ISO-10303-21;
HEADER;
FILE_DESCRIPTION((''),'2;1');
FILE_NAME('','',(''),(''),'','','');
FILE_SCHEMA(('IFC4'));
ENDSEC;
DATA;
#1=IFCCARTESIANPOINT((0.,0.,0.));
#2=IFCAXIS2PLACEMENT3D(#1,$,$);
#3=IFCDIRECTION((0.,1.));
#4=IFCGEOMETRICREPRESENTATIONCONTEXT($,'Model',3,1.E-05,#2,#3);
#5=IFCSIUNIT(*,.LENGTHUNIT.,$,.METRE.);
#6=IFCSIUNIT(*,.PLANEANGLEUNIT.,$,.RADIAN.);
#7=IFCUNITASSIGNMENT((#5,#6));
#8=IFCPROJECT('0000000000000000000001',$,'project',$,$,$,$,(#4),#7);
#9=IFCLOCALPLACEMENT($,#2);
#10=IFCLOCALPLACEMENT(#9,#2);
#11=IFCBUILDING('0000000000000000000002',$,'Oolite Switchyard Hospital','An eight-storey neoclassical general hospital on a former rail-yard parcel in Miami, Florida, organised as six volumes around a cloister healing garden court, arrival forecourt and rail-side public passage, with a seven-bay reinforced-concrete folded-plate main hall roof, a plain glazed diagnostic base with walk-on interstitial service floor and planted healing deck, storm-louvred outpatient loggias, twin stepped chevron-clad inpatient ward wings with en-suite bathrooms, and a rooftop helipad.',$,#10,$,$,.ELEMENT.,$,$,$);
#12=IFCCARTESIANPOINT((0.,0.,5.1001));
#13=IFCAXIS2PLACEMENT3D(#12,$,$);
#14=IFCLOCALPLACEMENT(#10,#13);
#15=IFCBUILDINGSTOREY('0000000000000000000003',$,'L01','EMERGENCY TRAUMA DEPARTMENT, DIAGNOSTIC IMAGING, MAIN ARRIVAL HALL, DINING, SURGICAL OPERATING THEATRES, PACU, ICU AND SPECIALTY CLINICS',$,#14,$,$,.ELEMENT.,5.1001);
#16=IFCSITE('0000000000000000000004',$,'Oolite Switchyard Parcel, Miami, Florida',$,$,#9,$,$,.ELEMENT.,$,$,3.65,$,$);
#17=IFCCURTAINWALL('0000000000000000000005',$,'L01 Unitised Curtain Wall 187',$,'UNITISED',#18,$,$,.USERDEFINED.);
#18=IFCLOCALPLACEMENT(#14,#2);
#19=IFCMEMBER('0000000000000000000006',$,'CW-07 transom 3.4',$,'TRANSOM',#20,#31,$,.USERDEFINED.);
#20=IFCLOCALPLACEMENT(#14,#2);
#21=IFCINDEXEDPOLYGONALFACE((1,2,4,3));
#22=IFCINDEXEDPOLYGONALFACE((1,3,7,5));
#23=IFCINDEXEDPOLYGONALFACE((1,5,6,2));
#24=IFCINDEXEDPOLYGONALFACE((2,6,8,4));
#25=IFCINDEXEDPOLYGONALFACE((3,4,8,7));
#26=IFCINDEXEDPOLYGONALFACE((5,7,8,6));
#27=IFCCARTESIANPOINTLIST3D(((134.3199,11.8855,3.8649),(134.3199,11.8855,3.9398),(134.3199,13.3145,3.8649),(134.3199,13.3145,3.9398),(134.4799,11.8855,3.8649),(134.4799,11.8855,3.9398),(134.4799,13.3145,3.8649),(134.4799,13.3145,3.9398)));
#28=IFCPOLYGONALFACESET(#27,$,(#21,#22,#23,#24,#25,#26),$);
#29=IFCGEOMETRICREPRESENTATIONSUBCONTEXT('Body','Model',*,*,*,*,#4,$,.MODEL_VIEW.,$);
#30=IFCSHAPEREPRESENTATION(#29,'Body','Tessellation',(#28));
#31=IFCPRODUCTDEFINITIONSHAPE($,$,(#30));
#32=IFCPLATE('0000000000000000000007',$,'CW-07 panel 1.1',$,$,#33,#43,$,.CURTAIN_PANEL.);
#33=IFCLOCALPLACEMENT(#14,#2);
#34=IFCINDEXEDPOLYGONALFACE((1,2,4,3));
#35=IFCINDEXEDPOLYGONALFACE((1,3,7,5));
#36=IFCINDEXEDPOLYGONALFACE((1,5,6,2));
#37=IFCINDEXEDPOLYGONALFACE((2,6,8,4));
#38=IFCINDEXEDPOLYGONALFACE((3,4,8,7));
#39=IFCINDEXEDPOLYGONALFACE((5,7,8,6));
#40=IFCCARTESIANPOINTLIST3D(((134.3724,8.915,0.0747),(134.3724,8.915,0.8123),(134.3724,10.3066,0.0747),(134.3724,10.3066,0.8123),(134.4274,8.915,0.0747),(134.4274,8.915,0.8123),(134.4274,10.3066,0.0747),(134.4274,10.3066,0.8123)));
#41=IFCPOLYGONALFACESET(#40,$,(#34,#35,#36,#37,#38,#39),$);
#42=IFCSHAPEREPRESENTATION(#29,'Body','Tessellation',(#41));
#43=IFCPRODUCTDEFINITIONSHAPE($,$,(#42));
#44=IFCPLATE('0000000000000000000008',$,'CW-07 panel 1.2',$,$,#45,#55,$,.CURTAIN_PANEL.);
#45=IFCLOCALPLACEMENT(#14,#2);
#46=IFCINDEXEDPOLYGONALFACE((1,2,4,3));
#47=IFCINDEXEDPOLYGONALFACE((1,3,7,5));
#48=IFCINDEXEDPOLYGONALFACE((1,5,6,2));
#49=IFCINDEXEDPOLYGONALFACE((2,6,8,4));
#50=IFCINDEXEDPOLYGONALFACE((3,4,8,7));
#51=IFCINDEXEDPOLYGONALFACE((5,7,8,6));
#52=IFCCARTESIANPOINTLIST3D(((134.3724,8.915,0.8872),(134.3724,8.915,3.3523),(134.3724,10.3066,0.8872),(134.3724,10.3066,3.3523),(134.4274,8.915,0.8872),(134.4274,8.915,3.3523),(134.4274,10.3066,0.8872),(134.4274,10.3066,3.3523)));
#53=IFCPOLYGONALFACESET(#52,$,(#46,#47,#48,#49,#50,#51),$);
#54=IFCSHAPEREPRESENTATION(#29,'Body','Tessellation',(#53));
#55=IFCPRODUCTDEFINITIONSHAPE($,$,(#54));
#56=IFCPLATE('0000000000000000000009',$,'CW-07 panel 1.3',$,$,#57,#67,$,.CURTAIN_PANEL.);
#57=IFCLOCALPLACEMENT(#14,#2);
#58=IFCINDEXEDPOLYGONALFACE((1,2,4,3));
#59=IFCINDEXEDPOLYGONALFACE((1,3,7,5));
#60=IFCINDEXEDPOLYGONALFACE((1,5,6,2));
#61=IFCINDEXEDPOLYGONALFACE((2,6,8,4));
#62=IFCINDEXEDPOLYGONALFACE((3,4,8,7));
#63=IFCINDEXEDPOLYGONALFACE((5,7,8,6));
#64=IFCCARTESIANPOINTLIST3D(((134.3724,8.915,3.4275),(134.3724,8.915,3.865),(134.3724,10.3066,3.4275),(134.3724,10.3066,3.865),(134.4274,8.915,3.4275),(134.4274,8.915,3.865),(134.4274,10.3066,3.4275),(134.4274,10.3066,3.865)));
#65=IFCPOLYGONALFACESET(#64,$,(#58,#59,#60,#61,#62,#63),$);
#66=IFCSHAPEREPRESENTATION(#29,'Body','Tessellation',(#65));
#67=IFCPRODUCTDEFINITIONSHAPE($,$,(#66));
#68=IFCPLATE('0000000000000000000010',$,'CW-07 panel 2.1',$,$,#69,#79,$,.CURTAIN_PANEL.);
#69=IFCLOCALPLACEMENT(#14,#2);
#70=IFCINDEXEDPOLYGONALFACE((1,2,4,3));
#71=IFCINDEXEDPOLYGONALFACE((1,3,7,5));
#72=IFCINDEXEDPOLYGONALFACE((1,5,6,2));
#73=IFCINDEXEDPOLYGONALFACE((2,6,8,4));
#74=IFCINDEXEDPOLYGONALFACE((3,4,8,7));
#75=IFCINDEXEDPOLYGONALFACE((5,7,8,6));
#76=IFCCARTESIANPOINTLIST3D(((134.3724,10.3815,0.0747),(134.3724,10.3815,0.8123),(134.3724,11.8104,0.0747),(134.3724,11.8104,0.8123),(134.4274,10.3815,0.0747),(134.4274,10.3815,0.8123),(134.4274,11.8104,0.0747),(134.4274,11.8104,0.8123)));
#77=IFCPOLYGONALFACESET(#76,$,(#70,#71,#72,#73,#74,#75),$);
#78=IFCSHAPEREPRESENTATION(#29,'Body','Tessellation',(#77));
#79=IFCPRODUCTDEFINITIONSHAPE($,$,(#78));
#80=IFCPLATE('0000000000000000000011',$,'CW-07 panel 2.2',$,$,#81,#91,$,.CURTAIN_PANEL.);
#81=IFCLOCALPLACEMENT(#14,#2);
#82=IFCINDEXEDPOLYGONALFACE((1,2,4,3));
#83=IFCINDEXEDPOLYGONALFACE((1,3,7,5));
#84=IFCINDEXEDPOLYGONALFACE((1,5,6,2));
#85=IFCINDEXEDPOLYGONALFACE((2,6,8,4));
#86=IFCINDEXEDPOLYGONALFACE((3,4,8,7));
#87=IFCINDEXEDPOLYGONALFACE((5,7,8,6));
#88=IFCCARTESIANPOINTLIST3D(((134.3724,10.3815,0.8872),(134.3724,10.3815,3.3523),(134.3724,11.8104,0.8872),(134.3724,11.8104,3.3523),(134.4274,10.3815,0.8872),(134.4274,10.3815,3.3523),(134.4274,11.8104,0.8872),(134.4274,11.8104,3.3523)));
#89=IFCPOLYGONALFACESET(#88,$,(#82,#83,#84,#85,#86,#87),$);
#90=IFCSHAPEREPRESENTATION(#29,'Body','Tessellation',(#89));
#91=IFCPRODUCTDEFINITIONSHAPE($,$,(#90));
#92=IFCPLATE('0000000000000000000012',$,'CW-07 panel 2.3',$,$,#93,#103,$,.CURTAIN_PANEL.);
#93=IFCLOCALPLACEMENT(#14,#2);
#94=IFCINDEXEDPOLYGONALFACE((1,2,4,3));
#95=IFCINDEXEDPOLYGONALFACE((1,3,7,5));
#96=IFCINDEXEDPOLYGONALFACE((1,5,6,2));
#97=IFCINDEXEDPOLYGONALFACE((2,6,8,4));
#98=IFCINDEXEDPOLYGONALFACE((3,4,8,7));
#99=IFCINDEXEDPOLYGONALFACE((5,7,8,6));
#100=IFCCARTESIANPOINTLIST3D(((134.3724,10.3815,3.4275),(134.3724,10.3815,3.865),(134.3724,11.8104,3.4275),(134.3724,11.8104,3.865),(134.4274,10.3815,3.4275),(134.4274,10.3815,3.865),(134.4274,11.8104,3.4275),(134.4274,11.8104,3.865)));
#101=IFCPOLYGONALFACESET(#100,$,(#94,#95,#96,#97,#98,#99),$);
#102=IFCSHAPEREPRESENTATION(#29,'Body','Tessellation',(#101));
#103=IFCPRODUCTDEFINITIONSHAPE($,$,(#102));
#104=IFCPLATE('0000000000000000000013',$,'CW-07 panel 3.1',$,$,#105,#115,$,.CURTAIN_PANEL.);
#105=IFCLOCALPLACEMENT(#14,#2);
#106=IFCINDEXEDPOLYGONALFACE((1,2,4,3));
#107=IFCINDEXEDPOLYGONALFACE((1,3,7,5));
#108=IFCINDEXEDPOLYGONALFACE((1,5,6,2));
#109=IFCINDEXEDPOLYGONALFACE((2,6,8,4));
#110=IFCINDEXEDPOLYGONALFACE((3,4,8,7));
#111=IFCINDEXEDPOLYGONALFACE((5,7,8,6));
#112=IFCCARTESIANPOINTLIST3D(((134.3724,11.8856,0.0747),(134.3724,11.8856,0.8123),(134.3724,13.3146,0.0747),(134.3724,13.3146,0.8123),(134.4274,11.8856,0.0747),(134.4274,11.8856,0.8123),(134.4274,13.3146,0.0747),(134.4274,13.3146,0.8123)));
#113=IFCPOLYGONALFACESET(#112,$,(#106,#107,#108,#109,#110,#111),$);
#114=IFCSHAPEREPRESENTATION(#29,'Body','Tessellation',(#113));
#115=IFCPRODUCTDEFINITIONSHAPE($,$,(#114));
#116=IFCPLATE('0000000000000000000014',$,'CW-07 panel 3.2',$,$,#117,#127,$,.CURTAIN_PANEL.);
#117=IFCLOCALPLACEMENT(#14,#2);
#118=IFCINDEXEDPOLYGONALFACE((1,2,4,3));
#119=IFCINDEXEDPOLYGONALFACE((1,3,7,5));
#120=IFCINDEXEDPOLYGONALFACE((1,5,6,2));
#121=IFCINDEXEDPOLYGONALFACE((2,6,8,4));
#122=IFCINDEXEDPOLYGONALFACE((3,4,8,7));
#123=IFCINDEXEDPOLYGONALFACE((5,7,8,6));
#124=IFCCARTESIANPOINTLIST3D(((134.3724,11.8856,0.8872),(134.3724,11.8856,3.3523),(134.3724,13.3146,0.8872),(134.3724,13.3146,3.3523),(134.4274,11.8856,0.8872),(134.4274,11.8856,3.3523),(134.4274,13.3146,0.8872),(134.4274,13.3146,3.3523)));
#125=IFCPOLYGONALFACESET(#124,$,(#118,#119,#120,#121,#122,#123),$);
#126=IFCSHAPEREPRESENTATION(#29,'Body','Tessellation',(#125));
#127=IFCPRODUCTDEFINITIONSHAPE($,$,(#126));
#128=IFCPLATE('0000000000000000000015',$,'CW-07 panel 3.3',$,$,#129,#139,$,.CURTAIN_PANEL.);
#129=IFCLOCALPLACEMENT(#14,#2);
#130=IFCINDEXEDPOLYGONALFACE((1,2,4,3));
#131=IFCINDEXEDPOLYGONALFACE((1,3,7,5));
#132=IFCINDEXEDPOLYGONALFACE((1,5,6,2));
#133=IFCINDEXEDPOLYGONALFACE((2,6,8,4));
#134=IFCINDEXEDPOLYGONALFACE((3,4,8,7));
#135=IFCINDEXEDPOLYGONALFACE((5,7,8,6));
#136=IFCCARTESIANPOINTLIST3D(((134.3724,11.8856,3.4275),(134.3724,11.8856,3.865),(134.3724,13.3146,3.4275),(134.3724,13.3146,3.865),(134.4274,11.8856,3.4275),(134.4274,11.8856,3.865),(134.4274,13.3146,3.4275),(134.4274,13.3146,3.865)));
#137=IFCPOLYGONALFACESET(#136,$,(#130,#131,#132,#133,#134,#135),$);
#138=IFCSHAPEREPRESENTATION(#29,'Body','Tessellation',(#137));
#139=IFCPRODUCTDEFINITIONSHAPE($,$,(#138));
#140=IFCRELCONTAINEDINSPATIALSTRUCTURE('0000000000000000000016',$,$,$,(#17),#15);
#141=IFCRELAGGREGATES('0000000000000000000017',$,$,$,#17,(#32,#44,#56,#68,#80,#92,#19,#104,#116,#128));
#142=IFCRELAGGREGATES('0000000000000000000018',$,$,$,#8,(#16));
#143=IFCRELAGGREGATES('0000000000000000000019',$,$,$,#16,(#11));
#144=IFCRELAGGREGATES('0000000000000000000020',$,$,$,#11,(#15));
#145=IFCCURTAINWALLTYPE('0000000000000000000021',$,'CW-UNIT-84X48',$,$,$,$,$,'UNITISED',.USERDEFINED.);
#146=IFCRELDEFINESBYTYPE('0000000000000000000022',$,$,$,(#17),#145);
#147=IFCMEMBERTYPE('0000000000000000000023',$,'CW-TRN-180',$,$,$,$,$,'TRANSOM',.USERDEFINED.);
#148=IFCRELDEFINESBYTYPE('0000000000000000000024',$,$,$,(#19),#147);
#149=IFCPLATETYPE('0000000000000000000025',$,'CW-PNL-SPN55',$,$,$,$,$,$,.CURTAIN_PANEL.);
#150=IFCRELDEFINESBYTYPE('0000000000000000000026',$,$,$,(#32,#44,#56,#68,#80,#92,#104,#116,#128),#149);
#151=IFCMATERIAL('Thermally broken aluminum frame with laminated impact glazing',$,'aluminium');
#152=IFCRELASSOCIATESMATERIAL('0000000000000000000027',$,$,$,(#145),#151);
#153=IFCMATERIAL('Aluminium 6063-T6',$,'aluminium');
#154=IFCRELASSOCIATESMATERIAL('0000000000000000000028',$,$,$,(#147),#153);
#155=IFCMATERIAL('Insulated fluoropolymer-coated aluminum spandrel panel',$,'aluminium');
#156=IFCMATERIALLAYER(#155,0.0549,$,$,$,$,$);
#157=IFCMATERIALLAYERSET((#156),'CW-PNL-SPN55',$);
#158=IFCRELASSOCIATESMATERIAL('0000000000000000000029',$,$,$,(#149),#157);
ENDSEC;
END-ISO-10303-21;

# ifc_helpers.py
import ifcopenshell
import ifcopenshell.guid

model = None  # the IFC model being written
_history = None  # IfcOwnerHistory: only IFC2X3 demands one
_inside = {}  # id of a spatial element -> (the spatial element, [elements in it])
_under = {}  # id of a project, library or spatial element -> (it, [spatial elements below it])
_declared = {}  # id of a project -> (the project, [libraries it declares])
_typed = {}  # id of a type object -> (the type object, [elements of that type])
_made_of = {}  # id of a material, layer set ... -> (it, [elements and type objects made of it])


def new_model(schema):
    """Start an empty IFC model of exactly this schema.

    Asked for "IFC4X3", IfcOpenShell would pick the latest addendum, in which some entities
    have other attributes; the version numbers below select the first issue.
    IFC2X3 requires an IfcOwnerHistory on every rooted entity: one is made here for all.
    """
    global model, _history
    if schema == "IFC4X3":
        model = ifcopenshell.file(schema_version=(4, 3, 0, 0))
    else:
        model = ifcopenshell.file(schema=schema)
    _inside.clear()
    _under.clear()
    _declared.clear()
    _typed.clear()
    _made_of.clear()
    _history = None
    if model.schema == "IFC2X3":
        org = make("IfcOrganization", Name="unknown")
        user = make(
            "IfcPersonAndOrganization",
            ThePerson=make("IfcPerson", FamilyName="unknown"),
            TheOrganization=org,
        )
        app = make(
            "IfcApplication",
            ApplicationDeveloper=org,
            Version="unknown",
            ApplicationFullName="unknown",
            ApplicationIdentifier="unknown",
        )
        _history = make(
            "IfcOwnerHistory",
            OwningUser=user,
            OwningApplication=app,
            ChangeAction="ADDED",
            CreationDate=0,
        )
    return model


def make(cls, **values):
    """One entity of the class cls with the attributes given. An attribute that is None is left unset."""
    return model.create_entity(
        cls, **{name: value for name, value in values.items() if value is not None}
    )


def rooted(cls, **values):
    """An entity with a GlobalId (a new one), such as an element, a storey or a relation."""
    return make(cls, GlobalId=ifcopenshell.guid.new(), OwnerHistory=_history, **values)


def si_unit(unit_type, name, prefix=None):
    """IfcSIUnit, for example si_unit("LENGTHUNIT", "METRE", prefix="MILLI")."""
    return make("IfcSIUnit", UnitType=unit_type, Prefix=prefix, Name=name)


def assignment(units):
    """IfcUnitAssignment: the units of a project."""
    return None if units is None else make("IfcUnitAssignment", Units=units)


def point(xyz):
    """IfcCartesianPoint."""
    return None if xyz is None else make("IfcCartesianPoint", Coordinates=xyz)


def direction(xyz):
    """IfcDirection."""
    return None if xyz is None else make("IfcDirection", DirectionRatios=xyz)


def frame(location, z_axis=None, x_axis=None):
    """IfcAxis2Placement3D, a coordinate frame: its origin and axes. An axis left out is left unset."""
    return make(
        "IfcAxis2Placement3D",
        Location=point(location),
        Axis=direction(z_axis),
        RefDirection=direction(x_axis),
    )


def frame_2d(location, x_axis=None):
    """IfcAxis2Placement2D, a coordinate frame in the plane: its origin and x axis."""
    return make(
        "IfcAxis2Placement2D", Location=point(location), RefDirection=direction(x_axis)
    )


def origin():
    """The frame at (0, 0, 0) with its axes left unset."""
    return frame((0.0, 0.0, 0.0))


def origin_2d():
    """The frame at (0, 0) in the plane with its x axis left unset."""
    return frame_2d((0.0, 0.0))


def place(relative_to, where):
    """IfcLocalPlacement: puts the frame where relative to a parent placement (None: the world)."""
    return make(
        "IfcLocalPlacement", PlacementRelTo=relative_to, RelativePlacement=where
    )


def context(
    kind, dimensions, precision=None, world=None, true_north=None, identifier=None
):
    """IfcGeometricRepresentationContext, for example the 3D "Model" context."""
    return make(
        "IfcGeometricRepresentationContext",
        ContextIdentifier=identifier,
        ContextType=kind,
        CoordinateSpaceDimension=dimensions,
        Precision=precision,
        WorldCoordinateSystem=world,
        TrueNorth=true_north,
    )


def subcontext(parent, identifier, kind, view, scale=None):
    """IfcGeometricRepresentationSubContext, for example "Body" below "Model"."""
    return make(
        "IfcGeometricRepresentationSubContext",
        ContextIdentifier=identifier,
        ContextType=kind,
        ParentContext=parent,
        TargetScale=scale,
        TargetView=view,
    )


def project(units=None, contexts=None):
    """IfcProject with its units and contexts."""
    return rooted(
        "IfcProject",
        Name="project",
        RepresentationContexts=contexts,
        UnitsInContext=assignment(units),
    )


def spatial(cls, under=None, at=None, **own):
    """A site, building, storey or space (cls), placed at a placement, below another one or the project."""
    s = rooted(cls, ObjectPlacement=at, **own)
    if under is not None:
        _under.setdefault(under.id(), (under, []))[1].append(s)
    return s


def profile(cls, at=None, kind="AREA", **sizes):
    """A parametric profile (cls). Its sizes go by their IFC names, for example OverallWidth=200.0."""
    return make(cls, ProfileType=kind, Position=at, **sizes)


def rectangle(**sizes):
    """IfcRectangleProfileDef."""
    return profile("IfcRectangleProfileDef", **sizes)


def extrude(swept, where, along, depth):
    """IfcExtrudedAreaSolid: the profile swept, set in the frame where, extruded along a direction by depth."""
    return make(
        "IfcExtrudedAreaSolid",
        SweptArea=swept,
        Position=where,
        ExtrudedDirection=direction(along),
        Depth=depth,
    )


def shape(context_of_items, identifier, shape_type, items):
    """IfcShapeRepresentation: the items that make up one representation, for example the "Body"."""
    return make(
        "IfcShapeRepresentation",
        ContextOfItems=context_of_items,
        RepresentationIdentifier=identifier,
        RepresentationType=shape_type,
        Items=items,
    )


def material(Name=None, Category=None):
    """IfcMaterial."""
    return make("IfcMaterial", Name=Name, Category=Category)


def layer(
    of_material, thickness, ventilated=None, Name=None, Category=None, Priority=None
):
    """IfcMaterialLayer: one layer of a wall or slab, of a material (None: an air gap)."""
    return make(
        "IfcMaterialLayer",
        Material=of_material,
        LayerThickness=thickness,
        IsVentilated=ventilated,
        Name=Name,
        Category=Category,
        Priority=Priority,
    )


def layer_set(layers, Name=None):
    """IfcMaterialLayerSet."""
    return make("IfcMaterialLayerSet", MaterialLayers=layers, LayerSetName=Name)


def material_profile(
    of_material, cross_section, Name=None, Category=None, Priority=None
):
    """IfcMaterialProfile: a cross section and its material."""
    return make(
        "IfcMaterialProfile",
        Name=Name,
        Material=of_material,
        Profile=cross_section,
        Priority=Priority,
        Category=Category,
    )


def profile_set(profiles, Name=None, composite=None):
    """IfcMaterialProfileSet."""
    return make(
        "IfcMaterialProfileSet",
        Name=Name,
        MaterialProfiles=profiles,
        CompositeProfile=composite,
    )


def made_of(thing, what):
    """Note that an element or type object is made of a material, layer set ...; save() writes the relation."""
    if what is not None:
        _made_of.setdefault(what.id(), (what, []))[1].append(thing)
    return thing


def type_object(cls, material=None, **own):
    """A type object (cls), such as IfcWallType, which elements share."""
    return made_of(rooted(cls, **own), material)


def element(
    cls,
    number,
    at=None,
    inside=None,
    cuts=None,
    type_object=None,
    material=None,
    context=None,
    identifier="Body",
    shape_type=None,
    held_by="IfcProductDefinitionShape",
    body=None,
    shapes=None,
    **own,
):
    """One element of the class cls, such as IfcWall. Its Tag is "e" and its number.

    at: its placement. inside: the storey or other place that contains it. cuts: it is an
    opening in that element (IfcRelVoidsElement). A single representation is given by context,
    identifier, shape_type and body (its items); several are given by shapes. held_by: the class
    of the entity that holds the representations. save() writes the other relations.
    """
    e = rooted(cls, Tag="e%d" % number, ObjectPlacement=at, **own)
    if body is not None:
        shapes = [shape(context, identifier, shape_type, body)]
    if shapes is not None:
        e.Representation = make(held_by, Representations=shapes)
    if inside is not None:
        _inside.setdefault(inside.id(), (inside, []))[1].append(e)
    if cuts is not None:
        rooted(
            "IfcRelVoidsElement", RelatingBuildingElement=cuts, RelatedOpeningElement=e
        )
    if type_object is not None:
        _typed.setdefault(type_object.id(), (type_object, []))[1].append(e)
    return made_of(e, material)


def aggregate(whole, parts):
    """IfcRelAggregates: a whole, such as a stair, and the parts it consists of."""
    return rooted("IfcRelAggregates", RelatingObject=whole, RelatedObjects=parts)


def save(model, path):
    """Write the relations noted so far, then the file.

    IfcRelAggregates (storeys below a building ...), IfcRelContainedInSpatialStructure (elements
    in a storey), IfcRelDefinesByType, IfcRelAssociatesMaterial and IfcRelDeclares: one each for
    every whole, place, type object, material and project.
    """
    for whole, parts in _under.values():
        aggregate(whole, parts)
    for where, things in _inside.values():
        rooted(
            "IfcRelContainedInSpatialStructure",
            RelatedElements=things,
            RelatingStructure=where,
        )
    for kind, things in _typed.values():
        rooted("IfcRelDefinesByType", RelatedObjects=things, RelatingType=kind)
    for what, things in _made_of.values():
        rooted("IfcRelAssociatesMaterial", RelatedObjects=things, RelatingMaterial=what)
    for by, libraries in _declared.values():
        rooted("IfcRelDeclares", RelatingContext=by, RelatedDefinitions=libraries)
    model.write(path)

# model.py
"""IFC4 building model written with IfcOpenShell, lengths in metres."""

from ifc_helpers import new_model, si_unit, direction, frame, origin, origin_2d, place, context, subcontext, project, spatial, rectangle, extrude, material, layer, layer_set, material_profile, profile_set, type_object, element, aggregate, save


model = new_model("IFC4")

# Units and contexts
model_context = context("Model", 3, precision=1e-05, world=origin(), true_north=direction((0.0, 1.0)))
body_context = subcontext(model_context, "Body", "Model", "MODEL_VIEW")
ifc_project = project(units=[si_unit("LENGTHUNIT", "METRE"), si_unit("PLANEANGLEUNIT", "RADIAN")], contexts=[model_context])

# Site, building, storey
site_placement = place(None, origin())
site = spatial("IfcSite", under=ifc_project, at=site_placement, Name="Oolite Switchyard Parcel, Miami, Florida", CompositionType="ELEMENT", RefElevation=3.65)
building_placement = place(site_placement, origin())
building = spatial("IfcBuilding", under=site, at=building_placement, Name="Oolite Switchyard Hospital", Description="An eight-storey neoclassical general hospital on a former rail-yard parcel in Miami, Florida, organised as six volumes around a cloister healing garden court, arrival forecourt and rail-side public passage, with a seven-bay reinforced-concrete folded-plate main hall roof, a plain glazed diagnostic base with walk-on interstitial service floor and planted healing deck, storm-louvred outpatient loggias, twin stepped chevron-clad inpatient ward wings with en-suite bathrooms, and a rooftop helipad.", CompositionType="ELEMENT")
storey_placement = place(building_placement, frame((0.0, 0.0, 5.1001)))
storey = spatial("IfcBuildingStorey", under=building, at=storey_placement, Name="L01", Description="EMERGENCY TRAUMA DEPARTMENT, DIAGNOSTIC IMAGING, MAIN ARRIVAL HALL, DINING, SURGICAL OPERATING THEATRES, PACU, ICU AND SPECIALTY CLINICS", CompositionType="ELEMENT", Elevation=5.1001)

# Curtain wall, member, plates
ifc_material_1 = material(Name="Thermally broken aluminum frame with laminated impact glazing", Category="aluminium")
curtain_wall_type = type_object("IfcCurtainWallType", Name="CW-UNIT-84X48", ElementType="UNITISED", PredefinedType="USERDEFINED", material=ifc_material_1)
curtain_wall_placement = place(storey_placement, origin())
curtain_wall = element("IfcCurtainWall", 1, at=curtain_wall_placement, inside=storey, type_object=curtain_wall_type, Name="L01 Unitised Curtain Wall 187", ObjectType="UNITISED", PredefinedType="USERDEFINED")
ifc_material_2 = material(Name="Aluminium 6063-T6", Category="aluminium")
ifc_material_profile_1 = material_profile(ifc_material_2, rectangle(XDim=0.1599, YDim=0.075, at=origin_2d()), Name="CWT75X160")
ifc_profile_set_1 = profile_set([ifc_material_profile_1], Name="Aluminium 6063-T6")
member_type_1 = type_object("IfcMemberType", Name="CW-TRN-180", ElementType="TRANSOM", PredefinedType="USERDEFINED", material=ifc_profile_set_1)
member_1_placement = place(storey_placement, frame((134.3999, 11.8855, 3.9023), z_axis=(0.0, 1.0, 0.0), x_axis=(-1.0, 0.0, 0.0)))
member_1 = element("IfcMember", 2, at=member_1_placement, type_object=member_type_1, Name="CW-07 transom 3.4", ObjectType="TRANSOM", PredefinedType="USERDEFINED", context=body_context, shape_type="SweptSolid", body=[
    extrude(rectangle(XDim=0.1599, YDim=0.075, at=origin_2d()), origin(), (0.0, 0.0, 1.0), 1.429),
])
ifc_material_3 = material(Name="Insulated fluoropolymer-coated aluminum spandrel panel", Category="aluminium")
ifc_layer = layer(ifc_material_3, 0.0549)
ifc_layer_set = layer_set([ifc_layer], Name="CW-PNL-SPN55")
plate_type = type_object("IfcPlateType", Name="CW-PNL-SPN55", PredefinedType="CURTAIN_PANEL", material=ifc_layer_set)
plate_1_placement = place(storey_placement, frame((134.3999, 9.6108, 0.0747), z_axis=(0.0, 0.0, 1.0), x_axis=(0.0, 1.0, 0.0)))
plate_1 = element("IfcPlate", 3, at=plate_1_placement, type_object=plate_type, Name="CW-07 panel 1.1", PredefinedType="CURTAIN_PANEL", context=body_context, shape_type="SweptSolid", body=[
    extrude(rectangle(XDim=1.3916, YDim=0.0549, at=origin_2d()), origin(), (0.0, 0.0, 1.0), 0.7375),
])
plate_2_placement = place(storey_placement, frame((134.3999, 9.6108, 0.8872), z_axis=(0.0, 0.0, 1.0), x_axis=(0.0, 1.0, 0.0)))
plate_2 = element("IfcPlate", 4, at=plate_2_placement, type_object=plate_type, Name="CW-07 panel 1.2", PredefinedType="CURTAIN_PANEL", context=body_context, shape_type="SweptSolid", body=[
    extrude(rectangle(XDim=1.3916, YDim=0.0549, at=origin_2d()), origin(), (0.0, 0.0, 1.0), 2.4651),
])
plate_3_placement = place(storey_placement, frame((134.3999, 9.6108, 3.4275), z_axis=(0.0, 0.0, 1.0), x_axis=(0.0, 1.0, 0.0)))
plate_3 = element("IfcPlate", 5, at=plate_3_placement, type_object=plate_type, Name="CW-07 panel 1.3", PredefinedType="CURTAIN_PANEL", context=body_context, shape_type="SweptSolid", body=[
    extrude(rectangle(XDim=1.3916, YDim=0.0549, at=origin_2d()), origin(), (0.0, 0.0, 1.0), 0.4375),
])
plate_4_placement = place(storey_placement, frame((134.3999, 11.0959, 0.0747), z_axis=(0.0, 0.0, 1.0), x_axis=(0.0, 1.0, 0.0)))
plate_4 = element("IfcPlate", 6, at=plate_4_placement, type_object=plate_type, Name="CW-07 panel 2.1", PredefinedType="CURTAIN_PANEL", context=body_context, shape_type="SweptSolid", body=[
    extrude(rectangle(XDim=1.429, YDim=0.0549, at=origin_2d()), origin(), (0.0, 0.0, 1.0), 0.7375),
])
plate_5_placement = place(storey_placement, frame((134.3999, 11.0959, 0.8872), z_axis=(0.0, 0.0, 1.0), x_axis=(0.0, 1.0, 0.0)))
plate_5 = element("IfcPlate", 7, at=plate_5_placement, type_object=plate_type, Name="CW-07 panel 2.2", PredefinedType="CURTAIN_PANEL", context=body_context, shape_type="SweptSolid", body=[
    extrude(rectangle(XDim=1.429, YDim=0.0549, at=origin_2d()), origin(), (0.0, 0.0, 1.0), 2.4651),
])
plate_6_placement = place(storey_placement, frame((134.3999, 11.0959, 3.4275), z_axis=(0.0, 0.0, 1.0), x_axis=(0.0, 1.0, 0.0)))
plate_6 = element("IfcPlate", 8, at=plate_6_placement, type_object=plate_type, Name="CW-07 panel 2.3", PredefinedType="CURTAIN_PANEL", context=body_context, shape_type="SweptSolid", body=[
    extrude(rectangle(XDim=1.429, YDim=0.0549, at=origin_2d()), origin(), (0.0, 0.0, 1.0), 0.4375),
])
plate_7_placement = place(storey_placement, frame((134.3999, 12.6001, 0.0747), z_axis=(0.0, 0.0, 1.0), x_axis=(0.0, 1.0, 0.0)))
plate_7 = element("IfcPlate", 9, at=plate_7_placement, type_object=plate_type, Name="CW-07 panel 3.1", PredefinedType="CURTAIN_PANEL", context=body_context, shape_type="SweptSolid", body=[
    extrude(rectangle(XDim=1.429, YDim=0.0549, at=origin_2d()), origin(), (0.0, 0.0, 1.0), 0.7375),
])
plate_8_placement = place(storey_placement, frame((134.3999, 12.6001, 0.8872), z_axis=(0.0, 0.0, 1.0), x_axis=(0.0, 1.0, 0.0)))
plate_8 = element("IfcPlate", 10, at=plate_8_placement, type_object=plate_type, Name="CW-07 panel 3.2", PredefinedType="CURTAIN_PANEL", context=body_context, shape_type="SweptSolid", body=[
    extrude(rectangle(XDim=1.429, YDim=0.0549, at=origin_2d()), origin(), (0.0, 0.0, 1.0), 2.4651),
])
plate_9_placement = place(storey_placement, frame((134.3999, 12.6001, 3.4275), z_axis=(0.0, 0.0, 1.0), x_axis=(0.0, 1.0, 0.0)))
plate_9 = element("IfcPlate", 11, at=plate_9_placement, type_object=plate_type, Name="CW-07 panel 3.3", PredefinedType="CURTAIN_PANEL", context=body_context, shape_type="SweptSolid", body=[
    extrude(rectangle(XDim=1.429, YDim=0.0549, at=origin_2d()), origin(), (0.0, 0.0, 1.0), 0.4375),
])
aggregate(curtain_wall, [plate_1, plate_2, plate_3, plate_4, plate_5, plate_6, member_1, plate_7, plate_8, plate_9])

save(model, "model.ifc")
